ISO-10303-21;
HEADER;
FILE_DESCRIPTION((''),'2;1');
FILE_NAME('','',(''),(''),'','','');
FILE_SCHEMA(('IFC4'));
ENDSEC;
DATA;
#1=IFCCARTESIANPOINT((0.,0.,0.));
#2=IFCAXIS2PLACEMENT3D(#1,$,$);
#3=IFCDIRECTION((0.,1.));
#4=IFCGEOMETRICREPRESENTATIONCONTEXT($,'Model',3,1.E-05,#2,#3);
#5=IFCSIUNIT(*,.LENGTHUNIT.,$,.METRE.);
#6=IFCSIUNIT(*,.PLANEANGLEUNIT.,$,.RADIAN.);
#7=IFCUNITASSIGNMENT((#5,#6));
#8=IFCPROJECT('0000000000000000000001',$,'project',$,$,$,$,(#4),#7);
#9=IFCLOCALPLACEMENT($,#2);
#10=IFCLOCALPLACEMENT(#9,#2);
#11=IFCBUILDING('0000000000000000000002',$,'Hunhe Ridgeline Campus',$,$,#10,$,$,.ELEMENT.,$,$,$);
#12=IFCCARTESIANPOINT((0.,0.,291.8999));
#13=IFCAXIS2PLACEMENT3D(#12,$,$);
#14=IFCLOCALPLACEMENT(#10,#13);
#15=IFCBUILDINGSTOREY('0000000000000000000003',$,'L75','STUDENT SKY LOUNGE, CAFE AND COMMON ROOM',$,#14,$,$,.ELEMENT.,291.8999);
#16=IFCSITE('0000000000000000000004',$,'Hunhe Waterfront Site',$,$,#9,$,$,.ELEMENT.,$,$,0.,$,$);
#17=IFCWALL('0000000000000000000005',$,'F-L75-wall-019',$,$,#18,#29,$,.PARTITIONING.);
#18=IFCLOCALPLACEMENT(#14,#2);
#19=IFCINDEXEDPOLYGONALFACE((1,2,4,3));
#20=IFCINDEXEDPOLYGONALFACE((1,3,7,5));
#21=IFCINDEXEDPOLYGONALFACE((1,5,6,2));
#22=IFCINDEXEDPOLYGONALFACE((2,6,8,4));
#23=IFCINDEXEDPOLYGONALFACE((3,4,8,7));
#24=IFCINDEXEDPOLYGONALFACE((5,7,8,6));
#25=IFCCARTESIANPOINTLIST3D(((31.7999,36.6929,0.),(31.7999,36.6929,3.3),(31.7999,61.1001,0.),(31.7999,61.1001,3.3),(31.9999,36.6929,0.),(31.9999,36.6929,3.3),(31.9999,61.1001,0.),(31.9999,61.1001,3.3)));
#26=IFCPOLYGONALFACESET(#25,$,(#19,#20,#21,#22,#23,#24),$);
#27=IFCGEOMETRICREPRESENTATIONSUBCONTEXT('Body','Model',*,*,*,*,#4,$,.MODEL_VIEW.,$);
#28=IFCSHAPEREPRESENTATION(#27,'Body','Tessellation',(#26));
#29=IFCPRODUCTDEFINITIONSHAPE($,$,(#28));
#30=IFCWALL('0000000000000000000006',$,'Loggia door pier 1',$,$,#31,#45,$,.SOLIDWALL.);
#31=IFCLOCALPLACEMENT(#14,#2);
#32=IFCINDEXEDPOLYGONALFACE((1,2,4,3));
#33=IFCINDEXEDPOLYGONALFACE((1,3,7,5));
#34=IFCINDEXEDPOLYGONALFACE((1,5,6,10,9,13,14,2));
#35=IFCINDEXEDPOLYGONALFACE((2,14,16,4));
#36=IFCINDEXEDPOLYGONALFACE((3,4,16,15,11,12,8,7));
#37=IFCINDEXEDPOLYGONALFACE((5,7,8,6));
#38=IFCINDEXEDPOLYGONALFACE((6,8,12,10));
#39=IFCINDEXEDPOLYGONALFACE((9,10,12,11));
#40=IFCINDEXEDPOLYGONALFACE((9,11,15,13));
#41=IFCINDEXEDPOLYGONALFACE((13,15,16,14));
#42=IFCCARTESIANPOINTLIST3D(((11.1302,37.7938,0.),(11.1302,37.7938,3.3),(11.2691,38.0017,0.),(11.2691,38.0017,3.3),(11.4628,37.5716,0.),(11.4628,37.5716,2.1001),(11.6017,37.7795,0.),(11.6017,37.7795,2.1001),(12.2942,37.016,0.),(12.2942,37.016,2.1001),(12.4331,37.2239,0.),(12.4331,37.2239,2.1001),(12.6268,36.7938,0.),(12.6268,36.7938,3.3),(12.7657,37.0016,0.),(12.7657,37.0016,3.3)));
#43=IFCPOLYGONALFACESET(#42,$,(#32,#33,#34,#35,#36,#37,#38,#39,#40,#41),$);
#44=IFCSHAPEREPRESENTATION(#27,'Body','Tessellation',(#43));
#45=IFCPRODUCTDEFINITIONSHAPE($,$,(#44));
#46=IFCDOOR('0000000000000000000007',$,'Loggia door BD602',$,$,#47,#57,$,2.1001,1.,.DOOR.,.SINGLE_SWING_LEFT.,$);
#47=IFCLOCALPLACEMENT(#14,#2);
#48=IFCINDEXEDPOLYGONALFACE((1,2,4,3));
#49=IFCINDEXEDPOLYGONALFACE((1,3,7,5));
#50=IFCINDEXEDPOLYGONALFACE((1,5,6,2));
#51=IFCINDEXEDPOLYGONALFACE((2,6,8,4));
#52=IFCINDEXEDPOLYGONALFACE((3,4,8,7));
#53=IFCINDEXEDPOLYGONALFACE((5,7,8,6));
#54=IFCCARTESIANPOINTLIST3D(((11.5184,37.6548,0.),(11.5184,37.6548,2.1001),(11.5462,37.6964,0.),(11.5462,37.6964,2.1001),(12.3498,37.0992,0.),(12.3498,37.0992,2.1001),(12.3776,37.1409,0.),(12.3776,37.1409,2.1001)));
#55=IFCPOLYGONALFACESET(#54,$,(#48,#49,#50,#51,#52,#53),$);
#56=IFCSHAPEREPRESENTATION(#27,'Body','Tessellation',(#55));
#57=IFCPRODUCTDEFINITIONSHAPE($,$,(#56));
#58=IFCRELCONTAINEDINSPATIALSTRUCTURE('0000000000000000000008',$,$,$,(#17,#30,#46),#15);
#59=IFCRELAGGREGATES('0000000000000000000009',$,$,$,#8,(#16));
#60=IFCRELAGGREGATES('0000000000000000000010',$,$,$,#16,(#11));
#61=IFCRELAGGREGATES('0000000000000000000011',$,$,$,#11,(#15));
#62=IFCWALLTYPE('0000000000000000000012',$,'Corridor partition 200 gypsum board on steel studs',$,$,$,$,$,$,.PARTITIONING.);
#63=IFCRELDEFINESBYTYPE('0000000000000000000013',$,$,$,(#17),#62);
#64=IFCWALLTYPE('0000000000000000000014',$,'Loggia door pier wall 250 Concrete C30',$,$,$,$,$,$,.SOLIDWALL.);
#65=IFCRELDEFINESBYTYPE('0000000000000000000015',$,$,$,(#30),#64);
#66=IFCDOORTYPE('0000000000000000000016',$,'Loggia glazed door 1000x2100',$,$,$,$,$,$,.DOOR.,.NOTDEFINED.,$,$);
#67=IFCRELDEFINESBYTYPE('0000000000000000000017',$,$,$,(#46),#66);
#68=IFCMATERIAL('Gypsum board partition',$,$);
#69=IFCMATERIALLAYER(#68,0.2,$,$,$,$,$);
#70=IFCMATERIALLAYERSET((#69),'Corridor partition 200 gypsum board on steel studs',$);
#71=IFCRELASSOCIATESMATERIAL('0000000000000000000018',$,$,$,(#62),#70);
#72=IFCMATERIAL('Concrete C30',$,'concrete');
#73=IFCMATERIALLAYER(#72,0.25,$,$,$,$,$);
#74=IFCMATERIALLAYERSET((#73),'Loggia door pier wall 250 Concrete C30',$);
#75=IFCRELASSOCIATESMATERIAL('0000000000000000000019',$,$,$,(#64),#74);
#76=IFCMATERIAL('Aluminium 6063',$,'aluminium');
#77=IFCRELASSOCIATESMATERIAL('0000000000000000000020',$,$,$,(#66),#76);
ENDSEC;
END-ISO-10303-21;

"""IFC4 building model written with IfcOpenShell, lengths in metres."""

from ifc_helpers import new_model, si_unit, direction, frame, frame_2d, origin, place, context, subcontext, project, spatial, rectangle, extrude, material, layer, layer_set, type_object, element, fill, save


model = new_model("IFC4")

# Units and contexts
model_context = context("Model", 3, precision=1e-05, world=origin(), true_north=direction((0.0, 1.0)))
body_context = subcontext(model_context, "Body", "Model", "MODEL_VIEW")
ifc_project = project(units=[si_unit("LENGTHUNIT", "METRE"), si_unit("PLANEANGLEUNIT", "RADIAN")], contexts=[model_context])

# Site, building, storey
site_placement = place(None, origin())
site = spatial("IfcSite", under=ifc_project, at=site_placement, Name="Hunhe Waterfront Site", CompositionType="ELEMENT", RefElevation=0.0)
building_placement = place(site_placement, origin())
building = spatial("IfcBuilding", under=site, at=building_placement, Name="Hunhe Ridgeline Campus", CompositionType="ELEMENT")
storey_placement = place(building_placement, frame((0.0, 0.0, 291.8999)))
storey = spatial("IfcBuildingStorey", under=building, at=storey_placement, Name="L75", Description="STUDENT SKY LOUNGE, CAFE AND COMMON ROOM", CompositionType="ELEMENT", Elevation=291.8999)

# Shared definitions
ifc_material_1 = material(Name="Aluminium 6063", Category="aluminium")

# Wall
ifc_material_2 = material(Name="Gypsum board partition")
ifc_layer_1 = layer(ifc_material_2, 0.2)
ifc_layer_set_1 = layer_set([ifc_layer_1], Name="Corridor partition 200 gypsum board on steel studs")
wall_type_1 = type_object("IfcWallType", Name="Corridor partition 200 gypsum board on steel studs", PredefinedType="PARTITIONING", material=ifc_layer_set_1)
wall_1_placement = place(storey_placement, frame((31.8999, 36.6929, 0.0), z_axis=(0.0, 0.0, 1.0), x_axis=(0.0, 1.0, 0.0)))
element("IfcWall", 1, at=wall_1_placement, inside=storey, type_object=wall_type_1, Name="F-L75-wall-019", PredefinedType="PARTITIONING", context=body_context, shape_type="SweptSolid", body=[
    extrude(rectangle(XDim=24.4072, YDim=0.2, at=frame_2d((12.2036, 0.0))), origin(), (0.0, 0.0, 1.0), 3.3),
])

# Wall, opening, door
ifc_material_3 = material(Name="Concrete C30", Category="concrete")
ifc_layer_2 = layer(ifc_material_3, 0.25)
ifc_layer_set_2 = layer_set([ifc_layer_2], Name="Loggia door pier wall 250 Concrete C30")
wall_type_2 = type_object("IfcWallType", Name="Loggia door pier wall 250 Concrete C30", PredefinedType="SOLIDWALL", material=ifc_layer_set_2)
wall_2_placement = place(storey_placement, frame((11.1997, 37.8977, 0.0), z_axis=(0.0, 0.0, 1.0), x_axis=(0.831466, -0.555576, 0.0)))
wall_2 = element("IfcWall", 2, at=wall_2_placement, inside=storey, type_object=wall_type_2, Name="Loggia door pier 1", PredefinedType="SOLIDWALL", context=body_context, shape_type="SweptSolid", body=[
    extrude(rectangle(XDim=1.8, YDim=0.25, at=frame_2d((0.8999, 0.0))), origin(), (0.0, 0.0, 1.0), 3.3),
])
opening_placement = place(wall_2_placement, frame((0.3999, 0.0, 0.0)))
opening = element("IfcOpeningElement", 3, at=opening_placement, cuts=wall_2, PredefinedType="OPENING", context=body_context, shape_type="SweptSolid", body=[
    extrude(rectangle(XDim=1.0, YDim=2.1001, at=frame_2d((0.5, 1.05))), frame((0.0, 0.125, 0.0), z_axis=(0.0, -1.0, 0.0), x_axis=(1.0, 0.0, 0.0)), (0.0, 0.0, 1.0), 0.25),
])
door_type = type_object("IfcDoorType", Name="Loggia glazed door 1000x2100", OperationType="NOTDEFINED", PredefinedType="DOOR", material=ifc_material_1)
door_placement = place(opening_placement, frame((1.0, 0.0, 0.0), z_axis=(0.0, 0.0, 1.0), x_axis=(-1.0, 0.0, 0.0)))
door = element("IfcDoor", 4, at=door_placement, inside=storey, type_object=door_type, Name="Loggia door BD602", OperationType="SINGLE_SWING_LEFT", OverallHeight=2.1001, OverallWidth=1.0, PredefinedType="DOOR", context=body_context, shape_type="SweptSolid", body=[
    extrude(rectangle(XDim=1.0, YDim=2.1001, at=frame_2d((0.5, 1.05))), frame((0.0, 0.0249, 0.0), z_axis=(0.0, -1.0, 0.0), x_axis=(1.0, 0.0, 0.0)), (0.0, 0.0, 1.0), 0.05),
])
fill(opening, door)

save(model, "model.ifc")
